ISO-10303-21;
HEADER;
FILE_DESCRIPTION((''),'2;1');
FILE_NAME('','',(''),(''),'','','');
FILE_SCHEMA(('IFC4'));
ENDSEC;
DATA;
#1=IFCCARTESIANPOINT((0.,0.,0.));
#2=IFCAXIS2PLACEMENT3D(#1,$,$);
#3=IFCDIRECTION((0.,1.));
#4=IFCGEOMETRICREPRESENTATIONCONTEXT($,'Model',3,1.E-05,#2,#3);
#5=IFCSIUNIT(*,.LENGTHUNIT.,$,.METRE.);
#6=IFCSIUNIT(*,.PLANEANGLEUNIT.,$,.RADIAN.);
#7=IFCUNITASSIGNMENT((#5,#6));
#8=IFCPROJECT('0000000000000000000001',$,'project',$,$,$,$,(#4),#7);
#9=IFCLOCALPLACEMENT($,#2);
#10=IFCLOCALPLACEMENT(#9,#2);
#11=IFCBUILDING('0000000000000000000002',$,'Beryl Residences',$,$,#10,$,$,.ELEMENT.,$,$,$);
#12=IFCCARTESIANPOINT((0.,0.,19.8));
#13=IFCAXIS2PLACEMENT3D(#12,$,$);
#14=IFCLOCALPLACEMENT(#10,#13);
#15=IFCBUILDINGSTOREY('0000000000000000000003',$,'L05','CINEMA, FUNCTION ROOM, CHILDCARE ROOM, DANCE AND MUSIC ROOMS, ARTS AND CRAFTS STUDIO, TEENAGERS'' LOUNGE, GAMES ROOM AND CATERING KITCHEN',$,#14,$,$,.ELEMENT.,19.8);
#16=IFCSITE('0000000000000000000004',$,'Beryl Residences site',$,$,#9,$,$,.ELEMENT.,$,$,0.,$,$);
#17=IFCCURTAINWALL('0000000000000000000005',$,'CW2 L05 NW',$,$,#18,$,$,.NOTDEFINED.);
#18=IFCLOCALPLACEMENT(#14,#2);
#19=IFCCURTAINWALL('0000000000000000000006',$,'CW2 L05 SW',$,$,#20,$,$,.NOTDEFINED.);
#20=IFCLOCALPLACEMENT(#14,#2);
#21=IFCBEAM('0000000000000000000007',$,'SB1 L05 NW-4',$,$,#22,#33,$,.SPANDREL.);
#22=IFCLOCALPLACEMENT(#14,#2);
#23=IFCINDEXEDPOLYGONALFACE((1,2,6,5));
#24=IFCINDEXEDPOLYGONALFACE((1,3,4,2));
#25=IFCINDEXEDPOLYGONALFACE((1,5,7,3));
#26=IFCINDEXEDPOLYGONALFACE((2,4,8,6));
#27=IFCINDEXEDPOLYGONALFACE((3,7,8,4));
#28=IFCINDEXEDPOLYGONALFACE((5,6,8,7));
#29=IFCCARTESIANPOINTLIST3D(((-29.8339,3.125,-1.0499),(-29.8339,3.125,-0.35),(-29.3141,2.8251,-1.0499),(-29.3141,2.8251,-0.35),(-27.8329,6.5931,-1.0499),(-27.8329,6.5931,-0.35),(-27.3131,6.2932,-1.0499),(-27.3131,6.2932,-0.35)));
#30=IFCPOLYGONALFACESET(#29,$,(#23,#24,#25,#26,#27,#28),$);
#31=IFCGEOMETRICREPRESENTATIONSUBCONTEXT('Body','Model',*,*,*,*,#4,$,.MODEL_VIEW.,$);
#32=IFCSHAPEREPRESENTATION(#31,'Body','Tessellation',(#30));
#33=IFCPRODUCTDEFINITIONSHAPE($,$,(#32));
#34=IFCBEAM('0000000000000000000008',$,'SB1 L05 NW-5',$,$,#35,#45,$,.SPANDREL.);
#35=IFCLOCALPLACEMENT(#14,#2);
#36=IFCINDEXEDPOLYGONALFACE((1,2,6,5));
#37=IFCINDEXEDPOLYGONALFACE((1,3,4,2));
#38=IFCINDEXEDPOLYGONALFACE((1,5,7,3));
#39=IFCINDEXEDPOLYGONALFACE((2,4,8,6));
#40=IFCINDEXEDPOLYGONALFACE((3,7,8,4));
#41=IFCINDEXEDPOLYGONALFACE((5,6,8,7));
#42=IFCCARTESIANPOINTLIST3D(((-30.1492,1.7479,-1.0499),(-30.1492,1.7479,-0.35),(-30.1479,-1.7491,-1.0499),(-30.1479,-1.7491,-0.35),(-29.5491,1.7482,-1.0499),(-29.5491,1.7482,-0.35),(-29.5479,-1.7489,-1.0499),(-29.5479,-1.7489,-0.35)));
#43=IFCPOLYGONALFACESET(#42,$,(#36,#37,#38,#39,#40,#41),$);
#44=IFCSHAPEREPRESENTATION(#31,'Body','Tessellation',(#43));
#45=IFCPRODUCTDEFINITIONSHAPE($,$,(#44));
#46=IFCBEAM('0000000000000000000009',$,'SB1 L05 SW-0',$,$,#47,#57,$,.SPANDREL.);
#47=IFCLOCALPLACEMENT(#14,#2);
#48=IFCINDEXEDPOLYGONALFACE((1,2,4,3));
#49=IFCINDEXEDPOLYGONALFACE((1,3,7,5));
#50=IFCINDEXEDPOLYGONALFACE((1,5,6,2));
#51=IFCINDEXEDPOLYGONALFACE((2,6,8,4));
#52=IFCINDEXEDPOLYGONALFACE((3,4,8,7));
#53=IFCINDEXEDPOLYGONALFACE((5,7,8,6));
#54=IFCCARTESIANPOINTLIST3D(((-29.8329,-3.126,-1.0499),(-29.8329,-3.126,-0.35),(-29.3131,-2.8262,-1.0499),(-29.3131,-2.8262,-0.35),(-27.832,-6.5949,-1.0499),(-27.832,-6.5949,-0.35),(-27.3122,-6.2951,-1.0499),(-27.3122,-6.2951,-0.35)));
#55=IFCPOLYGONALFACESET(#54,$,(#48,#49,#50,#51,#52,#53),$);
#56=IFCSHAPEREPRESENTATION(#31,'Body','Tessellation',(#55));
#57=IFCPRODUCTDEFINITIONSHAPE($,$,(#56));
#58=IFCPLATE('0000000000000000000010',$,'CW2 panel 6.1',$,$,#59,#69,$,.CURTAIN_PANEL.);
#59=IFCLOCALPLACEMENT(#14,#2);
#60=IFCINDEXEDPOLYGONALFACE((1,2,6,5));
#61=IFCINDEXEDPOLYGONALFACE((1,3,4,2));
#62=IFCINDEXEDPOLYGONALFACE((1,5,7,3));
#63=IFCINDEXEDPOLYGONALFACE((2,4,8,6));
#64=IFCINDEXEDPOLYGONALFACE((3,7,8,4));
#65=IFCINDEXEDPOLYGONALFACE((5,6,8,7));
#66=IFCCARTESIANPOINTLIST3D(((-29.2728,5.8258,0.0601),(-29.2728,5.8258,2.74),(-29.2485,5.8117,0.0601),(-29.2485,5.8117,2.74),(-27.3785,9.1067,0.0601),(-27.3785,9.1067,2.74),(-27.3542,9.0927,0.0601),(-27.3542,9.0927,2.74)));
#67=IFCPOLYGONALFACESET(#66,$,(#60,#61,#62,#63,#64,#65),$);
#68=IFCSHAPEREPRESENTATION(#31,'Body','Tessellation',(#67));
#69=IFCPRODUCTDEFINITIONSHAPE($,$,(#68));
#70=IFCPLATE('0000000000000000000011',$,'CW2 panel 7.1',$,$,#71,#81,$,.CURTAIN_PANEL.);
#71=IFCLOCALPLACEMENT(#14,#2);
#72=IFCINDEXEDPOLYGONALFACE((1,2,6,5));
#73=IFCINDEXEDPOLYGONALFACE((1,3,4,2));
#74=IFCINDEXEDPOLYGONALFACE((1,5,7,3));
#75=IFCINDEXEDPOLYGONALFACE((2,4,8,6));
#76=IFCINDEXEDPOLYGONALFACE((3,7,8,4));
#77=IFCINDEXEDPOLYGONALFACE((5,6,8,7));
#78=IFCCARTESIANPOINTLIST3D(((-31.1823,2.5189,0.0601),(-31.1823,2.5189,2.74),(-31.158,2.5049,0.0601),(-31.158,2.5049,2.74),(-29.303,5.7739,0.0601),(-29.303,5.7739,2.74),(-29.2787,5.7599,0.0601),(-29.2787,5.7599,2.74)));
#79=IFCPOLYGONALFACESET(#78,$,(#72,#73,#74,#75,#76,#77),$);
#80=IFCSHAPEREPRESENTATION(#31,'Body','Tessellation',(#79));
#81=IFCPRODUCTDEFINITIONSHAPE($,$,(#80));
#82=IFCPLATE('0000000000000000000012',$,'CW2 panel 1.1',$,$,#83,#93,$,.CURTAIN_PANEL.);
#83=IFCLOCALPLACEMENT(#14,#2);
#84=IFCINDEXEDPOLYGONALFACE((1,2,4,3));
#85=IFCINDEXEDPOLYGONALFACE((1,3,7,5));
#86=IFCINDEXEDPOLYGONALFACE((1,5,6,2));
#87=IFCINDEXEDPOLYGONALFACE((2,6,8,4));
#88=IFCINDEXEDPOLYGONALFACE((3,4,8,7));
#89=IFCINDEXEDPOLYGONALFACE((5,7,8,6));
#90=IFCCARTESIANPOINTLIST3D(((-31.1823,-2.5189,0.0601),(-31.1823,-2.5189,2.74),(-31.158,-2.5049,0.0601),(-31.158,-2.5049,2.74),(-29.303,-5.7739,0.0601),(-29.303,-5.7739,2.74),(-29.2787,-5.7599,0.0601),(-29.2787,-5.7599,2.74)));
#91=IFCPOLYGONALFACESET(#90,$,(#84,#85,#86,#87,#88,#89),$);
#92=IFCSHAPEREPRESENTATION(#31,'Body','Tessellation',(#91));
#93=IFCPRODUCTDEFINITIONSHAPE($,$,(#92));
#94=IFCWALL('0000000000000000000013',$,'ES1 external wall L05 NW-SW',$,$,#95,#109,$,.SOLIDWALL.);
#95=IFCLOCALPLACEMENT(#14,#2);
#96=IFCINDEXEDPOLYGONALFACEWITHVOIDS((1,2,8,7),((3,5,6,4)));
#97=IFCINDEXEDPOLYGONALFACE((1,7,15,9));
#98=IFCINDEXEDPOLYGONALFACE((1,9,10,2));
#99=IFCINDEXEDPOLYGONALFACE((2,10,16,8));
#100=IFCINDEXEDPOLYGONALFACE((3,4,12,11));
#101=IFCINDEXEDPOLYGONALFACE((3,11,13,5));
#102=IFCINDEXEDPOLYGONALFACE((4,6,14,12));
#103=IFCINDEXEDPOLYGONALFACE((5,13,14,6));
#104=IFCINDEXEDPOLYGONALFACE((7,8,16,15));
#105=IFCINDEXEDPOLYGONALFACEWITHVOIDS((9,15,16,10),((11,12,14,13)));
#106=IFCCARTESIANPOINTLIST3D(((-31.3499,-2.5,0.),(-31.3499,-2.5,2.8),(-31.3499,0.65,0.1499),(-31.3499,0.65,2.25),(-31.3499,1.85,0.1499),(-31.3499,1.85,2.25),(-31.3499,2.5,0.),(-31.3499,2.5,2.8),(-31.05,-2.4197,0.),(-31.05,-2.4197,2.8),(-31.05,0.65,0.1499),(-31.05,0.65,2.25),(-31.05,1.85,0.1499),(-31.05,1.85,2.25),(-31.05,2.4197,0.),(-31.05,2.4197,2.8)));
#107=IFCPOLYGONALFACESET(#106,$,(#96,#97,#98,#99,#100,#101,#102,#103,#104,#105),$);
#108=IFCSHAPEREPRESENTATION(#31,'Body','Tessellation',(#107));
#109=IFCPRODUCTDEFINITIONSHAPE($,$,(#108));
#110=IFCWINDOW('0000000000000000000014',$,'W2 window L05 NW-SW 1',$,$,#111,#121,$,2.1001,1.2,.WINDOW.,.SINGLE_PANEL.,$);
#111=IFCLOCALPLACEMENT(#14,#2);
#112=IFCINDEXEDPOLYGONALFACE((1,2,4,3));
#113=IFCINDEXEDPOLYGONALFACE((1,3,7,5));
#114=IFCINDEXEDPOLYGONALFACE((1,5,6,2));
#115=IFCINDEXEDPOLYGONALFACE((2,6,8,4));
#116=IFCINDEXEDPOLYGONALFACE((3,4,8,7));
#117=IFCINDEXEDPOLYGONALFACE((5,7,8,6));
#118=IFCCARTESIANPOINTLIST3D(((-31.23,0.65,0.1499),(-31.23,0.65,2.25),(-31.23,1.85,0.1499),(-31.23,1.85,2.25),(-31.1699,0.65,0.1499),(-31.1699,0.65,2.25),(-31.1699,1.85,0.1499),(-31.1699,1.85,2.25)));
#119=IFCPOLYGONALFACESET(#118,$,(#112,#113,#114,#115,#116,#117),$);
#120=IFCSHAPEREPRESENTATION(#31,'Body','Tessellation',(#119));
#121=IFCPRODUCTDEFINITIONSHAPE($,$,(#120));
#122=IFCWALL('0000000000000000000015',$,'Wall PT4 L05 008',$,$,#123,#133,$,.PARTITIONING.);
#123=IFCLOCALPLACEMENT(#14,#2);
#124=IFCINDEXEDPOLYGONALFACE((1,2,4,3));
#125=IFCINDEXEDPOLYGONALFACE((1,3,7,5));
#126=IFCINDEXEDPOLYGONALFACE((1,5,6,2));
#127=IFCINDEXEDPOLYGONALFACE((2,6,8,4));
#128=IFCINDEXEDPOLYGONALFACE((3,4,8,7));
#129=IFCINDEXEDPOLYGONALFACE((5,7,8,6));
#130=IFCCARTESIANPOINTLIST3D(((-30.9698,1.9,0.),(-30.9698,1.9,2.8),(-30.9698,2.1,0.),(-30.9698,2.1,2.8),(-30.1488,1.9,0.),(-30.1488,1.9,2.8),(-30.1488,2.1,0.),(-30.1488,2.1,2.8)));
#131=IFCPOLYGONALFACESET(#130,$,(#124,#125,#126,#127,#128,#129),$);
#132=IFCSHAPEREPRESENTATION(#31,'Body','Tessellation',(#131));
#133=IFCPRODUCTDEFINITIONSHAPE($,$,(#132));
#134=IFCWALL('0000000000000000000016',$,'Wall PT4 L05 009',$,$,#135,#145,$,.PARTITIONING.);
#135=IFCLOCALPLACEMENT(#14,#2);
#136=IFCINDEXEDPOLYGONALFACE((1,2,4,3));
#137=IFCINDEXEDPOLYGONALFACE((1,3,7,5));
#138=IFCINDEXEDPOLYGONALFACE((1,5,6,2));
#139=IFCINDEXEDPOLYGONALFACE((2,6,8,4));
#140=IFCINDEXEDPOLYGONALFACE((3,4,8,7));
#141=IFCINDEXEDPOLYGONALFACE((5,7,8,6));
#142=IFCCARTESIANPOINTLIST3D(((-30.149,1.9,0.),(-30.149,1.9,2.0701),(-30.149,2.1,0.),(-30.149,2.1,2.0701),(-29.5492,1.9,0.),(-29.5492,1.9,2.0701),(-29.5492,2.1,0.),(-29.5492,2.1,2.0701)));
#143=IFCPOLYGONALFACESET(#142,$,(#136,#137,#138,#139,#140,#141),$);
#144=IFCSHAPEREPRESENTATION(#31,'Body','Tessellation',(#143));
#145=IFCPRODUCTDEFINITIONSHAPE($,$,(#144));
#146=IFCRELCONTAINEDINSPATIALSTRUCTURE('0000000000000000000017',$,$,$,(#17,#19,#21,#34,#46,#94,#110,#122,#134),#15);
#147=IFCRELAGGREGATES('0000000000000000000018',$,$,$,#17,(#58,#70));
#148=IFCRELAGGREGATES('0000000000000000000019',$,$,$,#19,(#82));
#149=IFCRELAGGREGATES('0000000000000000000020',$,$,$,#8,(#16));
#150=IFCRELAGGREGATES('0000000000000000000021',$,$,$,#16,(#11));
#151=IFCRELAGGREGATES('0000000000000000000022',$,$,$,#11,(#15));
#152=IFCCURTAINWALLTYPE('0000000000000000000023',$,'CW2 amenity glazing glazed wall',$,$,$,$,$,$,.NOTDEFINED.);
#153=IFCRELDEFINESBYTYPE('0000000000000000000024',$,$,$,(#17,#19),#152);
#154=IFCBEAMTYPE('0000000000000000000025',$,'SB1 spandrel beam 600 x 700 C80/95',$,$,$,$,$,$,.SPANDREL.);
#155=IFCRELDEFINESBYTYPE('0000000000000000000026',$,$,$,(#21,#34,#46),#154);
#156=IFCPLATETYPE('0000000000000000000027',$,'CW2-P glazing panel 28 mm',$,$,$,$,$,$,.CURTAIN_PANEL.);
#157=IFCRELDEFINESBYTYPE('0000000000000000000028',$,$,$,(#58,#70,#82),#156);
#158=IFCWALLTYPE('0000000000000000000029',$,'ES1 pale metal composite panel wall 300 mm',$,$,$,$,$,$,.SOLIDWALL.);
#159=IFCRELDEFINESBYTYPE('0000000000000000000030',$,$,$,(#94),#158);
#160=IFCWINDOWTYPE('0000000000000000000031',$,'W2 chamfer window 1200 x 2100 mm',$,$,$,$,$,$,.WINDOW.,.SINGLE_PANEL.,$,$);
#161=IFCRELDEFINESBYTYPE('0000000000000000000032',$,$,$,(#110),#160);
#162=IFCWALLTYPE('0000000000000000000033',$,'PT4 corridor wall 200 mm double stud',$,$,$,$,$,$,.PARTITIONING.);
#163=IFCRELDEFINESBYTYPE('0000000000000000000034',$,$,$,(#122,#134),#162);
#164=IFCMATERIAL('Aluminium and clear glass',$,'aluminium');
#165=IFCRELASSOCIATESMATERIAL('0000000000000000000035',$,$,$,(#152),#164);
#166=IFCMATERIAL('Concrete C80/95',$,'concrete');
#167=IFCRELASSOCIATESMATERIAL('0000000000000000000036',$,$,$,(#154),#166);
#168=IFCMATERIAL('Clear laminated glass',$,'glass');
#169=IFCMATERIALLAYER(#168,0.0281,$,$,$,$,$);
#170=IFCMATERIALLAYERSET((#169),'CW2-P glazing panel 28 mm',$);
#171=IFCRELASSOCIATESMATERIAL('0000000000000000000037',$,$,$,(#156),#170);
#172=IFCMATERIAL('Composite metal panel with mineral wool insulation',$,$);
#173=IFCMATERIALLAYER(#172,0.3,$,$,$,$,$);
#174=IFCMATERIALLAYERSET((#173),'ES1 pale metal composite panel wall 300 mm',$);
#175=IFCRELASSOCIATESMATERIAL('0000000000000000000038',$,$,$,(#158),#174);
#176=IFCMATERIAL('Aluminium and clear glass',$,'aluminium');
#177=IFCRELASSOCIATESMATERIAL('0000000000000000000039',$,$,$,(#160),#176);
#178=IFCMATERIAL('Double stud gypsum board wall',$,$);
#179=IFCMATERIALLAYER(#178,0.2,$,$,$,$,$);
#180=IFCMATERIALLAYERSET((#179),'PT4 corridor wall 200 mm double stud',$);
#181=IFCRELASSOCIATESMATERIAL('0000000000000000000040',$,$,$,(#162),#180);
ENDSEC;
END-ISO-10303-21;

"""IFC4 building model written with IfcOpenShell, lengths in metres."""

from ifc_helpers import new_model, si_unit, direction, frame, frame_2d, origin, origin_2d, place, context, subcontext, project, spatial, polyline, rectangle, outline, extrude, material, layer, layer_set, material_profile, profile_set, type_object, element, fill, aggregate, save


model = new_model("IFC4")

# Units and contexts
model_context = context("Model", 3, precision=1e-05, world=origin(), true_north=direction((0.0, 1.0)))
body_context = subcontext(model_context, "Body", "Model", "MODEL_VIEW")
ifc_project = project(units=[si_unit("LENGTHUNIT", "METRE"), si_unit("PLANEANGLEUNIT", "RADIAN")], contexts=[model_context])

# Site, building, storey
site_placement = place(None, origin())
site = spatial("IfcSite", under=ifc_project, at=site_placement, Name="Beryl Residences site", CompositionType="ELEMENT", RefElevation=0.0)
building_placement = place(site_placement, origin())
building = spatial("IfcBuilding", under=site, at=building_placement, Name="Beryl Residences", CompositionType="ELEMENT")
storey_placement = place(building_placement, frame((0.0, 0.0, 19.8)))
storey = spatial("IfcBuildingStorey", under=building, at=storey_placement, Name="L05", Description="CINEMA, FUNCTION ROOM, CHILDCARE ROOM, DANCE AND MUSIC ROOMS, ARTS AND CRAFTS STUDIO, TEENAGERS' LOUNGE, GAMES ROOM AND CATERING KITCHEN", CompositionType="ELEMENT", Elevation=19.8)

# Curtain walls
ifc_material_1 = material(Name="Aluminium and clear glass", Category="aluminium")
curtain_wall_type = type_object("IfcCurtainWallType", Name="CW2 amenity glazing glazed wall", PredefinedType="NOTDEFINED", material=ifc_material_1)
curtain_wall_1_placement = place(storey_placement, origin())
curtain_wall_1 = element("IfcCurtainWall", 1, at=curtain_wall_1_placement, inside=storey, type_object=curtain_wall_type, Name="CW2 L05 NW", PredefinedType="NOTDEFINED")
curtain_wall_2_placement = place(storey_placement, origin())
curtain_wall_2 = element("IfcCurtainWall", 2, at=curtain_wall_2_placement, inside=storey, type_object=curtain_wall_type, Name="CW2 L05 SW", PredefinedType="NOTDEFINED")

# Beams
ifc_material_2 = material(Name="Concrete C80/95", Category="concrete")
ifc_material_profile_1 = material_profile(ifc_material_2, rectangle(XDim=0.6001, YDim=0.7, at=origin_2d()))
ifc_profile_set_1 = profile_set([ifc_material_profile_1], Name="Concrete C80/95")
beam_type = type_object("IfcBeamType", Name="SB1 spandrel beam 600 x 700 C80/95", PredefinedType="SPANDREL", material=ifc_profile_set_1)
beam_1_placement = place(storey_placement, frame((-27.573, 6.4431, -0.7), z_axis=(-0.499759, -0.866164, 0.0), x_axis=(0.866164, -0.499759, 0.0)))
element("IfcBeam", 3, at=beam_1_placement, inside=storey, type_object=beam_type, Name="SB1 L05 NW-4", PredefinedType="SPANDREL", context=body_context, shape_type="SweptSolid", body=[
    extrude(rectangle(XDim=0.6001, YDim=0.7, at=origin_2d()), origin(), (0.0, 0.0, 1.0), 4.0039),
])
beam_2_placement = place(storey_placement, frame((-29.8491, 1.748, -0.7), z_axis=(0.000349, -1.0, 0.0), x_axis=(1.0, 0.000349, 0.0)))
element("IfcBeam", 4, at=beam_2_placement, inside=storey, type_object=beam_type, Name="SB1 L05 NW-5", PredefinedType="SPANDREL", context=body_context, shape_type="SweptSolid", body=[
    extrude(rectangle(XDim=0.6001, YDim=0.7, at=origin_2d()), origin(), (0.0, 0.0, 1.0), 3.4971),
])
beam_3_placement = place(storey_placement, frame((-29.573, -2.9761, -0.7), z_axis=(0.499654, -0.866225, 0.0), x_axis=(0.866225, 0.499654, 0.0)))
element("IfcBeam", 5, at=beam_3_placement, inside=storey, type_object=beam_type, Name="SB1 L05 SW-0", PredefinedType="SPANDREL", context=body_context, shape_type="SweptSolid", body=[
    extrude(rectangle(XDim=0.6001, YDim=0.7, at=origin_2d()), origin(), (0.0, 0.0, 1.0), 4.0046),
])

# Plates
ifc_material_3 = material(Name="Clear laminated glass", Category="glass")
ifc_layer_1 = layer(ifc_material_3, 0.0281)
ifc_layer_set_1 = layer_set([ifc_layer_1], Name="CW2-P glazing panel 28 mm")
plate_type = type_object("IfcPlateType", Name="CW2-P glazing panel 28 mm", PredefinedType="CURTAIN_PANEL", material=ifc_layer_set_1)
plate_1_placement = place(storey_placement, frame((-28.3135, 7.4592, 0.0601), z_axis=(0.0, 0.0, 1.0), x_axis=(-0.500012, -0.866019, 0.0)))
plate_1 = element("IfcPlate", 6, at=plate_1_placement, type_object=plate_type, Name="CW2 panel 6.1", PredefinedType="CURTAIN_PANEL", context=body_context, shape_type="SweptSolid", body=[
    extrude(rectangle(XDim=3.7886, YDim=0.0281, at=origin_2d()), origin(), (0.0, 0.0, 1.0), 2.6799),
])
plate_2_placement = place(storey_placement, frame((-30.2305, 4.1394, 0.0601), z_axis=(0.0, 0.0, 1.0), x_axis=(-0.500012, -0.866019, 0.0)))
plate_2 = element("IfcPlate", 7, at=plate_2_placement, type_object=plate_type, Name="CW2 panel 7.1", PredefinedType="CURTAIN_PANEL", context=body_context, shape_type="SweptSolid", body=[
    extrude(rectangle(XDim=3.7585, YDim=0.0281, at=origin_2d()), origin(), (0.0, 0.0, 1.0), 2.6799),
])
aggregate(curtain_wall_1, [plate_1, plate_2])
plate_3_placement = place(storey_placement, frame((-30.2305, -4.1394, 0.0601), z_axis=(0.0, 0.0, 1.0), x_axis=(0.500012, -0.866019, 0.0)))
plate_3 = element("IfcPlate", 8, at=plate_3_placement, type_object=plate_type, Name="CW2 panel 1.1", PredefinedType="CURTAIN_PANEL", context=body_context, shape_type="SweptSolid", body=[
    extrude(rectangle(XDim=3.7585, YDim=0.0281, at=origin_2d()), origin(), (0.0, 0.0, 1.0), 2.6799),
])
aggregate(curtain_wall_2, [plate_3])

# Wall, opening, window
ifc_material_4 = material(Name="Composite metal panel with mineral wool insulation")
ifc_layer_2 = layer(ifc_material_4, 0.3)
ifc_layer_set_2 = layer_set([ifc_layer_2], Name="ES1 pale metal composite panel wall 300 mm")
wall_type_1 = type_object("IfcWallType", Name="ES1 pale metal composite panel wall 300 mm", PredefinedType="SOLIDWALL", material=ifc_layer_set_2)
wall_1_placement = place(storey_placement, frame((-31.2, 2.5, 0.0), z_axis=(0.0, 0.0, 1.0), x_axis=(0.0, -1.0, 0.0)))
wall_1 = element("IfcWall", 9, at=wall_1_placement, inside=storey, type_object=wall_type_1, Name="ES1 external wall L05 NW-SW", PredefinedType="SOLIDWALL", context=body_context, shape_type="SweptSolid", body=[
    extrude(outline(polyline([(0.0, -0.1499), (5.0, -0.1499), (4.9197, 0.1499), (0.0803, 0.1499), (0.0, -0.1499)])), origin(), (0.0, 0.0, 1.0), 2.8),
])
opening_1_placement = place(wall_1_placement, frame((0.6499, 0.0, 0.1499)))
opening_1 = element("IfcOpeningElement", 10, at=opening_1_placement, cuts=wall_1, PredefinedType="OPENING", context=body_context, shape_type="SweptSolid", body=[
    extrude(rectangle(XDim=1.2, YDim=2.1001, at=frame_2d((0.6001, 1.05))), frame((0.0, 0.1599, 0.0), z_axis=(0.0, -1.0, 0.0), x_axis=(1.0, 0.0, 0.0)), (0.0, 0.0, 1.0), 0.3201),
])
ifc_material_5 = material(Name="Aluminium and clear glass", Category="aluminium")
window_type = type_object("IfcWindowType", Name="W2 chamfer window 1200 x 2100 mm", PartitioningType="SINGLE_PANEL", PredefinedType="WINDOW", material=ifc_material_5)
window_placement = place(opening_1_placement, origin())
window = element("IfcWindow", 11, at=window_placement, inside=storey, type_object=window_type, Name="W2 window L05 NW-SW 1", OverallHeight=2.1001, OverallWidth=1.2, PartitioningType="SINGLE_PANEL", PredefinedType="WINDOW", context=body_context, shape_type="SweptSolid", body=[
    extrude(rectangle(XDim=1.2, YDim=2.1001, at=frame_2d((0.6001, 1.05))), frame((0.0, 0.03, 0.0), z_axis=(0.0, -1.0, 0.0), x_axis=(1.0, 0.0, 0.0)), (0.0, 0.0, 1.0), 0.0601),
])
fill(opening_1, window)

# Walls
ifc_material_6 = material(Name="Double stud gypsum board wall")
ifc_layer_3 = layer(ifc_material_6, 0.2)
ifc_layer_set_3 = layer_set([ifc_layer_3], Name="PT4 corridor wall 200 mm double stud")
wall_type_2 = type_object("IfcWallType", Name="PT4 corridor wall 200 mm double stud", PredefinedType="PARTITIONING", material=ifc_layer_set_3)
wall_2_placement = place(storey_placement, frame((-30.97, 2.0, 0.0), z_axis=(0.0, 0.0, 1.0), x_axis=(1.0, 0.0, 0.0)))
element("IfcWall", 12, at=wall_2_placement, inside=storey, type_object=wall_type_2, Name="Wall PT4 L05 008", PredefinedType="PARTITIONING", context=body_context, shape_type="SweptSolid", body=[
    extrude(rectangle(XDim=0.821, YDim=0.2, at=frame_2d((0.4106, 0.0))), origin(), (0.0, 0.0, 1.0), 2.8),
])
wall_3_placement = place(storey_placement, frame((-30.1489, 2.0, 0.0), z_axis=(0.0, 0.0, 1.0), x_axis=(1.0, 0.0, 0.0)))
element("IfcWall", 13, at=wall_3_placement, inside=storey, type_object=wall_type_2, Name="Wall PT4 L05 009", PredefinedType="PARTITIONING", context=body_context, shape_type="SweptSolid", body=[
    extrude(rectangle(XDim=0.5999, YDim=0.2, at=frame_2d((0.2998, 0.0))), origin(), (0.0, 0.0, 1.0), 2.0701),
])

save(model, "model.ifc")
